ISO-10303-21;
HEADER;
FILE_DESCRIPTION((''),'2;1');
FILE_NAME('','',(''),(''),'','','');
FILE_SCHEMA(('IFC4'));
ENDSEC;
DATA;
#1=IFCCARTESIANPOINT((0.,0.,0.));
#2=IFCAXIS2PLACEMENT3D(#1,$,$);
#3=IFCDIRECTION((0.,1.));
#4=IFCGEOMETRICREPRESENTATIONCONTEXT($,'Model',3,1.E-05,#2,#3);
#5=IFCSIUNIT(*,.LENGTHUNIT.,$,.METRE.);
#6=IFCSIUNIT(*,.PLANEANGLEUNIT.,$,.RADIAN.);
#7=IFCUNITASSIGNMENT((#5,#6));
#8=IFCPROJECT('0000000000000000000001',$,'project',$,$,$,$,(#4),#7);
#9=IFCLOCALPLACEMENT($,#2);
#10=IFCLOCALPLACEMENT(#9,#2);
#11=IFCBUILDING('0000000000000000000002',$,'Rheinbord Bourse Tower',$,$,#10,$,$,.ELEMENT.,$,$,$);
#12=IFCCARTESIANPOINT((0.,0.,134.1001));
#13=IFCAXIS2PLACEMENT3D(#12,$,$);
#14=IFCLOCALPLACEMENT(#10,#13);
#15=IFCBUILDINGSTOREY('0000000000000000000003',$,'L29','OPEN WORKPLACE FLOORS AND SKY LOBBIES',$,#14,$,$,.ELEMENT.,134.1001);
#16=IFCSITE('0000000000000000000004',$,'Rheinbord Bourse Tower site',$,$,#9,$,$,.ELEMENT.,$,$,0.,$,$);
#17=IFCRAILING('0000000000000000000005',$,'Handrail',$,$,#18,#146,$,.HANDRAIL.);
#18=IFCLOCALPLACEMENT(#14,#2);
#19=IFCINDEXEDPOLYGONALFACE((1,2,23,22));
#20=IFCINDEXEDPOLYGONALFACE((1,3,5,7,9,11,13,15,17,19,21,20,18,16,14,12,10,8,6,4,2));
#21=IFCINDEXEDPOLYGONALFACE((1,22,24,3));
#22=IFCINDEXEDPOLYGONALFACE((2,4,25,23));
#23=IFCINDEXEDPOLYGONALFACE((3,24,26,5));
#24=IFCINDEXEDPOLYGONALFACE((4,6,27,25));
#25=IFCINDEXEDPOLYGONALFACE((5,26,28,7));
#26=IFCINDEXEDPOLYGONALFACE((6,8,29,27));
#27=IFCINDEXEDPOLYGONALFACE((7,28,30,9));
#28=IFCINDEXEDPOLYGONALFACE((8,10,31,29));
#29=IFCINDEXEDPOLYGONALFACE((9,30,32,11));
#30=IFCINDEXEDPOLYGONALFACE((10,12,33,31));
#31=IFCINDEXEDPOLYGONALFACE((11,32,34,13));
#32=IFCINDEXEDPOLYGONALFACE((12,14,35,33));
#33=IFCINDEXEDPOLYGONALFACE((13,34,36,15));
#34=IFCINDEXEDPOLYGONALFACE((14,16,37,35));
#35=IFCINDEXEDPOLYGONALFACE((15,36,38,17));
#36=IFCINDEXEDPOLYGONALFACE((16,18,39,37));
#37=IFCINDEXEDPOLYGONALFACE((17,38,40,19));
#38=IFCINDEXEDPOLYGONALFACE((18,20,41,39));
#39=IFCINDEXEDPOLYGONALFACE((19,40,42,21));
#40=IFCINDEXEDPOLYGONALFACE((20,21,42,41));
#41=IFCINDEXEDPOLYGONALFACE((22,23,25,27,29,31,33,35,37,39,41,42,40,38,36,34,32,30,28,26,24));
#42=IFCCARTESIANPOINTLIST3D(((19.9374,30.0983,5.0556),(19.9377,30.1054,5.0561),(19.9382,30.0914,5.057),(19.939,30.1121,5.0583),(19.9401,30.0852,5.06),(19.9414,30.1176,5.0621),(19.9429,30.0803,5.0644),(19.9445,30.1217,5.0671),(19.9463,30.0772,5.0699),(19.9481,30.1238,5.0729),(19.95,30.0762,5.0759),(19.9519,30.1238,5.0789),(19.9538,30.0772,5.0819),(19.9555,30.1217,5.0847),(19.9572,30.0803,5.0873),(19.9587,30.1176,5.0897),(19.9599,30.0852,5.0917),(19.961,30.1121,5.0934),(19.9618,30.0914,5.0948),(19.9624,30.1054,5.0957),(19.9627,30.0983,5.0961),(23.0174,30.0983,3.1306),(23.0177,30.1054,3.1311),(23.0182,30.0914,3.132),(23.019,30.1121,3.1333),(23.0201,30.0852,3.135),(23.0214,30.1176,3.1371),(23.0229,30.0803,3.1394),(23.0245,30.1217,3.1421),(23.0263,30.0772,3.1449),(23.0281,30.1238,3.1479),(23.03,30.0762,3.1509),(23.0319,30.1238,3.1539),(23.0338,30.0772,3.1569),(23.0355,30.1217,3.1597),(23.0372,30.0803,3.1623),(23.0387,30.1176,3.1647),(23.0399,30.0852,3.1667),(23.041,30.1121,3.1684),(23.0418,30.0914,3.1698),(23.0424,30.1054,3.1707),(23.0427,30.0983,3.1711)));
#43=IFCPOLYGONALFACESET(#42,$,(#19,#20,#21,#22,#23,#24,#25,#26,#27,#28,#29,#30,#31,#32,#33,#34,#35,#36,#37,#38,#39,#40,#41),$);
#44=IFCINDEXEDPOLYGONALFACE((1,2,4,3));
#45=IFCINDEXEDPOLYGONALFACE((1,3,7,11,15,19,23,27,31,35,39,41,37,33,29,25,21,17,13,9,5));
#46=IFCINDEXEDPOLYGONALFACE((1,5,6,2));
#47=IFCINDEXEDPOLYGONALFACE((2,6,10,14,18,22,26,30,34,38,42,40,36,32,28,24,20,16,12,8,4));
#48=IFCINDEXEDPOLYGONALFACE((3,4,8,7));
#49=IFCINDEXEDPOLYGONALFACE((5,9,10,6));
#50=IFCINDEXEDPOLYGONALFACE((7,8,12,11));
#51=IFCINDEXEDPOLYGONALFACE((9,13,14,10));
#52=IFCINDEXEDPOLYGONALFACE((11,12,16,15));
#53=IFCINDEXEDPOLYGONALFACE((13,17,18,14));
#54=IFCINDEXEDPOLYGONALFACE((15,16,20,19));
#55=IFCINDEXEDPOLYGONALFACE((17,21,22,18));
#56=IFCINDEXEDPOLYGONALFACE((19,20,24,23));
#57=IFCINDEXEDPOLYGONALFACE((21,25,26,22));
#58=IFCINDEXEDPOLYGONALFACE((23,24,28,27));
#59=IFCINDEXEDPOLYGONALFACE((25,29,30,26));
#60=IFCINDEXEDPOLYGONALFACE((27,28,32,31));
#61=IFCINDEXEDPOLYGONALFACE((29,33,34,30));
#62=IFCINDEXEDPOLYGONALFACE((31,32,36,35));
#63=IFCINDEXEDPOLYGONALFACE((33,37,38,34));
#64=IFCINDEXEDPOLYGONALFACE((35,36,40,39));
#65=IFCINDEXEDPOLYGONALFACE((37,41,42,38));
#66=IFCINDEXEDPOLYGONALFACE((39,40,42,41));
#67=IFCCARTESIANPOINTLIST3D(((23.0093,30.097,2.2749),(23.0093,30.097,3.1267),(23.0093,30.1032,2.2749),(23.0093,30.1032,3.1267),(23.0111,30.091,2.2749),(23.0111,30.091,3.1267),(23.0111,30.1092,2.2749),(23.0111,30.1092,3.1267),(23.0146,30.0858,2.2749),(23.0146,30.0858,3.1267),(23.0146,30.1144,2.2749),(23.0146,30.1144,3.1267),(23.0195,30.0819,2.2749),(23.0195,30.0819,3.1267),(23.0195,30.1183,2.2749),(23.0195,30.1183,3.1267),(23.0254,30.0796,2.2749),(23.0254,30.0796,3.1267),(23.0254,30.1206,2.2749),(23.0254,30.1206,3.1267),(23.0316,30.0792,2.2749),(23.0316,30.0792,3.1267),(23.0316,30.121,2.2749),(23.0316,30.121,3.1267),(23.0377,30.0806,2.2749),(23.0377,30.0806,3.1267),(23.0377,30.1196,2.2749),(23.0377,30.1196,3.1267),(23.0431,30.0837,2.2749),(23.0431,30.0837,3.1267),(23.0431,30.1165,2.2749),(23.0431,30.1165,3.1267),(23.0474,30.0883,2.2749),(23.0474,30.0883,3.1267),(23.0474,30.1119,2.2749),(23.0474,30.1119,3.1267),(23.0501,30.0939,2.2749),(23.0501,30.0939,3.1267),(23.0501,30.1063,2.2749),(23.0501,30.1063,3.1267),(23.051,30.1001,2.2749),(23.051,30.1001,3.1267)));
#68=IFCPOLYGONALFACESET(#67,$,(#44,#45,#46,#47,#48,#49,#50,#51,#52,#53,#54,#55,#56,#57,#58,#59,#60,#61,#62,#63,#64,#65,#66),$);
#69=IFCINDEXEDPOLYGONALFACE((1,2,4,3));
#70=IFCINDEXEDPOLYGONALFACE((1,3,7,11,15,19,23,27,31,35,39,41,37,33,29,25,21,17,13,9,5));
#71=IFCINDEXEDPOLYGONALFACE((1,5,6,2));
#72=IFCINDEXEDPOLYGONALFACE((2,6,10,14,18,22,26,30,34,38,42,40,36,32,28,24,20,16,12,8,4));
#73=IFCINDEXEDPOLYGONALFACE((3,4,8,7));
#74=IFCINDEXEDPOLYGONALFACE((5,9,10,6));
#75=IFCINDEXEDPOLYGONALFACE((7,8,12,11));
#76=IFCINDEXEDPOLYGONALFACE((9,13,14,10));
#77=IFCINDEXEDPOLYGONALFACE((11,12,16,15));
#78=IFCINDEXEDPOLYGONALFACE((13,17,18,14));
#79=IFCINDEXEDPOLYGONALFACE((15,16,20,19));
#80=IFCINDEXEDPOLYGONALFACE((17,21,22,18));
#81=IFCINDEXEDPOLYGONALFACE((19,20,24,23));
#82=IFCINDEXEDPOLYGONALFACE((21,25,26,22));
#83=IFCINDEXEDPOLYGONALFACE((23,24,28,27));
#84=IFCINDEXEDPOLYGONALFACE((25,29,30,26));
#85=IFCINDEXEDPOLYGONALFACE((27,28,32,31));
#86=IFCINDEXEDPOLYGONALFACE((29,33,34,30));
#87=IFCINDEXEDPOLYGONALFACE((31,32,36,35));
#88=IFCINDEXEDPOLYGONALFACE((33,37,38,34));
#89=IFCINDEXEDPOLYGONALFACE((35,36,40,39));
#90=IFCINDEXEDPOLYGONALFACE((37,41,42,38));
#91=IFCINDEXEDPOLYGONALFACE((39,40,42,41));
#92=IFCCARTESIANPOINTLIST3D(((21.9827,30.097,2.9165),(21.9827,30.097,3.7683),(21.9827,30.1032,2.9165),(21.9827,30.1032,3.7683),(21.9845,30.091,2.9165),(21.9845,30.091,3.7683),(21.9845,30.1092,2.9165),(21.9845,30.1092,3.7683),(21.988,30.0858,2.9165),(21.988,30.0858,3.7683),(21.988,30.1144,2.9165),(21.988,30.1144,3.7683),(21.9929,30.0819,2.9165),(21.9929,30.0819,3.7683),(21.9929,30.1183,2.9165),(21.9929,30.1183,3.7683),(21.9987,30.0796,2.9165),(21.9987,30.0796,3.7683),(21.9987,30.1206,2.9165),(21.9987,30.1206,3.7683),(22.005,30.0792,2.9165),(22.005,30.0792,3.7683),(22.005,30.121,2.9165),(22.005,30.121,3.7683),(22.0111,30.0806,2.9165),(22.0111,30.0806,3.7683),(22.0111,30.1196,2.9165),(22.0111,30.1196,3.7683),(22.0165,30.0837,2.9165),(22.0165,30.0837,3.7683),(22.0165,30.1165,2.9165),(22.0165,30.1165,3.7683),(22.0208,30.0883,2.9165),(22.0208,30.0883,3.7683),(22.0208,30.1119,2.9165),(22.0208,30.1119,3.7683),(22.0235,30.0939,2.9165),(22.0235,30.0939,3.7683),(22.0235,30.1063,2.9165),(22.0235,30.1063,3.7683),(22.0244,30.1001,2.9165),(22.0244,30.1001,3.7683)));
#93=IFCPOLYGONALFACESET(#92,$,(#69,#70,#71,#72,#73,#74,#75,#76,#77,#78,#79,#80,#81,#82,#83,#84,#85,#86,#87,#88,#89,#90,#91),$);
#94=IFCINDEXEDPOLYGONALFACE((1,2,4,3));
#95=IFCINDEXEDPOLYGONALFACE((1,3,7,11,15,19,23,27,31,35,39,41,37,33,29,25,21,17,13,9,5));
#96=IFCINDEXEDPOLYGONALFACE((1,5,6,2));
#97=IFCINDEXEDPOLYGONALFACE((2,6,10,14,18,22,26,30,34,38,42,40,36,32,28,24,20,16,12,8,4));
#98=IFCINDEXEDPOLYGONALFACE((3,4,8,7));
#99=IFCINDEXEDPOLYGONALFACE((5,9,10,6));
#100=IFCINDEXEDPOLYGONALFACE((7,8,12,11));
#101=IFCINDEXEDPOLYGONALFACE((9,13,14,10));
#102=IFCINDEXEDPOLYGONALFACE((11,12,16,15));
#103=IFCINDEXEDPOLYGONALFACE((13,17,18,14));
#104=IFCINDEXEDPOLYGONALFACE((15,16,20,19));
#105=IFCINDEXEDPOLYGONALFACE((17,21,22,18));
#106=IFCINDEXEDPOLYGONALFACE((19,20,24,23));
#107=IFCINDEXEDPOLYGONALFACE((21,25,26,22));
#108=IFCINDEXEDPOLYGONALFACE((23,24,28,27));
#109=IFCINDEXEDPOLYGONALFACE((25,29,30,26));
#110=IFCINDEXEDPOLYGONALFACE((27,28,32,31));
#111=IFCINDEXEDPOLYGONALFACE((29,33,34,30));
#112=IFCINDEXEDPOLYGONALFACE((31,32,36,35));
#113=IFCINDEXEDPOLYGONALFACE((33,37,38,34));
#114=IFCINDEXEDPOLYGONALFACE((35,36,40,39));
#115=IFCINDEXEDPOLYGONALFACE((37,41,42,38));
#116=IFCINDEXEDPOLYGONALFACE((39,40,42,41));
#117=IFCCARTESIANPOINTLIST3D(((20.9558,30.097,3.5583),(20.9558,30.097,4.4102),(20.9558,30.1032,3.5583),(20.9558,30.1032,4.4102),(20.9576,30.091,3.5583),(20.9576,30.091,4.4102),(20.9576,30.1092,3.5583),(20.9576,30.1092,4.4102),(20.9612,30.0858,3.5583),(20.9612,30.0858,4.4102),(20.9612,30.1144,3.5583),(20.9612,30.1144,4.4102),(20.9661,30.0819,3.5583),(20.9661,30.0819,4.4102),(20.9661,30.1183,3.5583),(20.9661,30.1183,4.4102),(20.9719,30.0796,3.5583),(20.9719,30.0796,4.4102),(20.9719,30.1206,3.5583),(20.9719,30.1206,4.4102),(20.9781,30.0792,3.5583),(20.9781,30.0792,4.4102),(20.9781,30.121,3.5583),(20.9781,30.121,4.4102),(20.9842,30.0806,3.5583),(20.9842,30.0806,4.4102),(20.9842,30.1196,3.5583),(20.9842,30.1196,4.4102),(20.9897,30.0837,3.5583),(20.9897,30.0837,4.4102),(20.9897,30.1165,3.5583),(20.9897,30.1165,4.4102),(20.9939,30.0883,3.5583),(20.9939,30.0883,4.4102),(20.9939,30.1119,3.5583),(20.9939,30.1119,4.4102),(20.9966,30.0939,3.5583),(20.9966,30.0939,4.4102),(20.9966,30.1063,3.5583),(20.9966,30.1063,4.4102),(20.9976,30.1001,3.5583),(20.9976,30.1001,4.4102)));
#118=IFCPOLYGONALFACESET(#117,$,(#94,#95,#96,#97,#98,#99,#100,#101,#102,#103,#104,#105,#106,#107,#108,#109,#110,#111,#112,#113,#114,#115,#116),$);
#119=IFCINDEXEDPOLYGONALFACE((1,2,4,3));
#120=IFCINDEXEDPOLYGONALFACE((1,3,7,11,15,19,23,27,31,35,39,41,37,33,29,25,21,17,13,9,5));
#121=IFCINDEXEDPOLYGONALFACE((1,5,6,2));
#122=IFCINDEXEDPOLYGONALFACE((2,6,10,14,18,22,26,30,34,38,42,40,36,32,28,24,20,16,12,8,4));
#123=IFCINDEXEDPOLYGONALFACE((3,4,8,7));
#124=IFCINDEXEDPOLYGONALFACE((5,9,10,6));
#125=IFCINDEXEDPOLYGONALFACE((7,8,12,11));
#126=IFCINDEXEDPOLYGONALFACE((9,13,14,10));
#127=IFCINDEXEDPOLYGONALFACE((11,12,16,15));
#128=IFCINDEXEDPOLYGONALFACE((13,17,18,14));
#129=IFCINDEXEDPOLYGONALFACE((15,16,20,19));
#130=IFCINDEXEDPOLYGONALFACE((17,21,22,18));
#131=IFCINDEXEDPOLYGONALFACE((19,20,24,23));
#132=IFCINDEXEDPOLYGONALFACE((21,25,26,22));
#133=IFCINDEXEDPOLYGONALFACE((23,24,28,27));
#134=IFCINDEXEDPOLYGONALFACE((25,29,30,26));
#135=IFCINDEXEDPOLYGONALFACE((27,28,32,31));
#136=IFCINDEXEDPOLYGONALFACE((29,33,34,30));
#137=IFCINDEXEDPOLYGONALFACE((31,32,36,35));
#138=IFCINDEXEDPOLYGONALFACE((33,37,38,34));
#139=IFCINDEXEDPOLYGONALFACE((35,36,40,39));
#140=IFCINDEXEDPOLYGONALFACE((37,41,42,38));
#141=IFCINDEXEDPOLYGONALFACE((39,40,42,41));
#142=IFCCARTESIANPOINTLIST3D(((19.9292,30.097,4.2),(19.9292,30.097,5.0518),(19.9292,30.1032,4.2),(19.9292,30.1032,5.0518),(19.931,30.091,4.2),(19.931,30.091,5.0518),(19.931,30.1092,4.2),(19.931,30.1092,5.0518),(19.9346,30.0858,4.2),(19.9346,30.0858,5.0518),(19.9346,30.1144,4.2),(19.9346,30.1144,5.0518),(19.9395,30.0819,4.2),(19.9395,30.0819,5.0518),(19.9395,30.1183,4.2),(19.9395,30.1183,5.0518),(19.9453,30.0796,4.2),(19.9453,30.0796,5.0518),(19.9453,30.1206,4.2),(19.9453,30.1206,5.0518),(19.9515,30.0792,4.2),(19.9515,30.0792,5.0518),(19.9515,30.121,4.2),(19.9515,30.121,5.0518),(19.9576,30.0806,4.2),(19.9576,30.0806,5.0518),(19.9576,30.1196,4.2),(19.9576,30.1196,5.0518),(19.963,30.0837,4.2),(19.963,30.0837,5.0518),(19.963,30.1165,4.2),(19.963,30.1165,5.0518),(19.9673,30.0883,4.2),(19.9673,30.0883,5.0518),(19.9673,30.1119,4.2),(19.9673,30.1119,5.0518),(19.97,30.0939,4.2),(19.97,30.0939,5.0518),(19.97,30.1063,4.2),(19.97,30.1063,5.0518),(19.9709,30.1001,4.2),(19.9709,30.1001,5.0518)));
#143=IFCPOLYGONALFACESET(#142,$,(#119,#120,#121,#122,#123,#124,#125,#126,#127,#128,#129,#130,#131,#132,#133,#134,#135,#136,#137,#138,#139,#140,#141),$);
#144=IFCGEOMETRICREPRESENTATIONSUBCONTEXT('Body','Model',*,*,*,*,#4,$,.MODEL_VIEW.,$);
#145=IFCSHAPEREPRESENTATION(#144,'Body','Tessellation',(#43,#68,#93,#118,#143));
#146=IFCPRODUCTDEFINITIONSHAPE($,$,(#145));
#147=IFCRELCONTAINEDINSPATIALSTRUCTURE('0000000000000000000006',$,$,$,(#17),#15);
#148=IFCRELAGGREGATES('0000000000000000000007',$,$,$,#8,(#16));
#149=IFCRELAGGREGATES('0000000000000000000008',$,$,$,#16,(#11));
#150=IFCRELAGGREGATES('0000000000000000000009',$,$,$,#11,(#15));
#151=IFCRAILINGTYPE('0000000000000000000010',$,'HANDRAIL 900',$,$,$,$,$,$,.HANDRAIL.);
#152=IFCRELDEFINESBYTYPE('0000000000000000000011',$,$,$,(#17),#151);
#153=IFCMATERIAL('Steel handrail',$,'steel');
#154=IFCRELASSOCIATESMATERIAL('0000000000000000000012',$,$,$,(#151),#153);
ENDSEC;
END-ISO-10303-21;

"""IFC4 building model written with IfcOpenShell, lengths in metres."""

from ifc_helpers import new_model, si_unit, direction, frame, origin, origin_2d, place, context, subcontext, project, spatial, circle, extrude, material, type_object, element, save


model = new_model("IFC4")

# Units and contexts
model_context = context("Model", 3, precision=1e-05, world=origin(), true_north=direction((0.0, 1.0)))
body_context = subcontext(model_context, "Body", "Model", "MODEL_VIEW")
ifc_project = project(units=[si_unit("LENGTHUNIT", "METRE"), si_unit("PLANEANGLEUNIT", "RADIAN")], contexts=[model_context])

# Site, building, storey
site_placement = place(None, origin())
site = spatial("IfcSite", under=ifc_project, at=site_placement, Name="Rheinbord Bourse Tower site", CompositionType="ELEMENT", RefElevation=0.0)
building_placement = place(site_placement, origin())
building = spatial("IfcBuilding", under=site, at=building_placement, Name="Rheinbord Bourse Tower", CompositionType="ELEMENT")
storey_placement = place(building_placement, frame((0.0, 0.0, 134.1001)))
storey = spatial("IfcBuildingStorey", under=building, at=storey_placement, Name="L29", Description="OPEN WORKPLACE FLOORS AND SKY LOBBIES", CompositionType="ELEMENT", Elevation=134.1001)

# Railing
ifc_material_1 = material(Name="Steel handrail", Category="steel")
railing_type = type_object("IfcRailingType", Name="HANDRAIL 900", PredefinedType="HANDRAIL", material=ifc_material_1)
railing_1_placement = place(storey_placement, frame((23.03, 30.1001, 2.2749)))
element("IfcRailing", 1, at=railing_1_placement, inside=storey, type_object=railing_type, Name="Handrail", PredefinedType="HANDRAIL", context=body_context, shape_type="SweptSolid", body=[
    extrude(circle(Radius=0.0239, at=origin_2d()), frame((0.0, 0.0, 0.876), z_axis=(-0.847998, 0.0, 0.529999), x_axis=(0.0, -1.0, 0.0)), (0.0, 0.0, 1.0), 3.6321),
    extrude(circle(Radius=0.021, at=origin_2d()), origin(), (0.0, 0.0, 1.0), 0.8518),
    extrude(circle(Radius=0.021, at=origin_2d()), frame((-1.0266, 0.0, 0.6416)), (0.0, 0.0, 1.0), 0.8518),
    extrude(circle(Radius=0.021, at=origin_2d()), frame((-2.0535, 0.0, 1.2834)), (0.0, 0.0, 1.0), 0.8518),
    extrude(circle(Radius=0.021, at=origin_2d()), frame((-3.0801, 0.0, 1.925)), (0.0, 0.0, 1.0), 0.8518),
])

save(model, "model.ifc")
